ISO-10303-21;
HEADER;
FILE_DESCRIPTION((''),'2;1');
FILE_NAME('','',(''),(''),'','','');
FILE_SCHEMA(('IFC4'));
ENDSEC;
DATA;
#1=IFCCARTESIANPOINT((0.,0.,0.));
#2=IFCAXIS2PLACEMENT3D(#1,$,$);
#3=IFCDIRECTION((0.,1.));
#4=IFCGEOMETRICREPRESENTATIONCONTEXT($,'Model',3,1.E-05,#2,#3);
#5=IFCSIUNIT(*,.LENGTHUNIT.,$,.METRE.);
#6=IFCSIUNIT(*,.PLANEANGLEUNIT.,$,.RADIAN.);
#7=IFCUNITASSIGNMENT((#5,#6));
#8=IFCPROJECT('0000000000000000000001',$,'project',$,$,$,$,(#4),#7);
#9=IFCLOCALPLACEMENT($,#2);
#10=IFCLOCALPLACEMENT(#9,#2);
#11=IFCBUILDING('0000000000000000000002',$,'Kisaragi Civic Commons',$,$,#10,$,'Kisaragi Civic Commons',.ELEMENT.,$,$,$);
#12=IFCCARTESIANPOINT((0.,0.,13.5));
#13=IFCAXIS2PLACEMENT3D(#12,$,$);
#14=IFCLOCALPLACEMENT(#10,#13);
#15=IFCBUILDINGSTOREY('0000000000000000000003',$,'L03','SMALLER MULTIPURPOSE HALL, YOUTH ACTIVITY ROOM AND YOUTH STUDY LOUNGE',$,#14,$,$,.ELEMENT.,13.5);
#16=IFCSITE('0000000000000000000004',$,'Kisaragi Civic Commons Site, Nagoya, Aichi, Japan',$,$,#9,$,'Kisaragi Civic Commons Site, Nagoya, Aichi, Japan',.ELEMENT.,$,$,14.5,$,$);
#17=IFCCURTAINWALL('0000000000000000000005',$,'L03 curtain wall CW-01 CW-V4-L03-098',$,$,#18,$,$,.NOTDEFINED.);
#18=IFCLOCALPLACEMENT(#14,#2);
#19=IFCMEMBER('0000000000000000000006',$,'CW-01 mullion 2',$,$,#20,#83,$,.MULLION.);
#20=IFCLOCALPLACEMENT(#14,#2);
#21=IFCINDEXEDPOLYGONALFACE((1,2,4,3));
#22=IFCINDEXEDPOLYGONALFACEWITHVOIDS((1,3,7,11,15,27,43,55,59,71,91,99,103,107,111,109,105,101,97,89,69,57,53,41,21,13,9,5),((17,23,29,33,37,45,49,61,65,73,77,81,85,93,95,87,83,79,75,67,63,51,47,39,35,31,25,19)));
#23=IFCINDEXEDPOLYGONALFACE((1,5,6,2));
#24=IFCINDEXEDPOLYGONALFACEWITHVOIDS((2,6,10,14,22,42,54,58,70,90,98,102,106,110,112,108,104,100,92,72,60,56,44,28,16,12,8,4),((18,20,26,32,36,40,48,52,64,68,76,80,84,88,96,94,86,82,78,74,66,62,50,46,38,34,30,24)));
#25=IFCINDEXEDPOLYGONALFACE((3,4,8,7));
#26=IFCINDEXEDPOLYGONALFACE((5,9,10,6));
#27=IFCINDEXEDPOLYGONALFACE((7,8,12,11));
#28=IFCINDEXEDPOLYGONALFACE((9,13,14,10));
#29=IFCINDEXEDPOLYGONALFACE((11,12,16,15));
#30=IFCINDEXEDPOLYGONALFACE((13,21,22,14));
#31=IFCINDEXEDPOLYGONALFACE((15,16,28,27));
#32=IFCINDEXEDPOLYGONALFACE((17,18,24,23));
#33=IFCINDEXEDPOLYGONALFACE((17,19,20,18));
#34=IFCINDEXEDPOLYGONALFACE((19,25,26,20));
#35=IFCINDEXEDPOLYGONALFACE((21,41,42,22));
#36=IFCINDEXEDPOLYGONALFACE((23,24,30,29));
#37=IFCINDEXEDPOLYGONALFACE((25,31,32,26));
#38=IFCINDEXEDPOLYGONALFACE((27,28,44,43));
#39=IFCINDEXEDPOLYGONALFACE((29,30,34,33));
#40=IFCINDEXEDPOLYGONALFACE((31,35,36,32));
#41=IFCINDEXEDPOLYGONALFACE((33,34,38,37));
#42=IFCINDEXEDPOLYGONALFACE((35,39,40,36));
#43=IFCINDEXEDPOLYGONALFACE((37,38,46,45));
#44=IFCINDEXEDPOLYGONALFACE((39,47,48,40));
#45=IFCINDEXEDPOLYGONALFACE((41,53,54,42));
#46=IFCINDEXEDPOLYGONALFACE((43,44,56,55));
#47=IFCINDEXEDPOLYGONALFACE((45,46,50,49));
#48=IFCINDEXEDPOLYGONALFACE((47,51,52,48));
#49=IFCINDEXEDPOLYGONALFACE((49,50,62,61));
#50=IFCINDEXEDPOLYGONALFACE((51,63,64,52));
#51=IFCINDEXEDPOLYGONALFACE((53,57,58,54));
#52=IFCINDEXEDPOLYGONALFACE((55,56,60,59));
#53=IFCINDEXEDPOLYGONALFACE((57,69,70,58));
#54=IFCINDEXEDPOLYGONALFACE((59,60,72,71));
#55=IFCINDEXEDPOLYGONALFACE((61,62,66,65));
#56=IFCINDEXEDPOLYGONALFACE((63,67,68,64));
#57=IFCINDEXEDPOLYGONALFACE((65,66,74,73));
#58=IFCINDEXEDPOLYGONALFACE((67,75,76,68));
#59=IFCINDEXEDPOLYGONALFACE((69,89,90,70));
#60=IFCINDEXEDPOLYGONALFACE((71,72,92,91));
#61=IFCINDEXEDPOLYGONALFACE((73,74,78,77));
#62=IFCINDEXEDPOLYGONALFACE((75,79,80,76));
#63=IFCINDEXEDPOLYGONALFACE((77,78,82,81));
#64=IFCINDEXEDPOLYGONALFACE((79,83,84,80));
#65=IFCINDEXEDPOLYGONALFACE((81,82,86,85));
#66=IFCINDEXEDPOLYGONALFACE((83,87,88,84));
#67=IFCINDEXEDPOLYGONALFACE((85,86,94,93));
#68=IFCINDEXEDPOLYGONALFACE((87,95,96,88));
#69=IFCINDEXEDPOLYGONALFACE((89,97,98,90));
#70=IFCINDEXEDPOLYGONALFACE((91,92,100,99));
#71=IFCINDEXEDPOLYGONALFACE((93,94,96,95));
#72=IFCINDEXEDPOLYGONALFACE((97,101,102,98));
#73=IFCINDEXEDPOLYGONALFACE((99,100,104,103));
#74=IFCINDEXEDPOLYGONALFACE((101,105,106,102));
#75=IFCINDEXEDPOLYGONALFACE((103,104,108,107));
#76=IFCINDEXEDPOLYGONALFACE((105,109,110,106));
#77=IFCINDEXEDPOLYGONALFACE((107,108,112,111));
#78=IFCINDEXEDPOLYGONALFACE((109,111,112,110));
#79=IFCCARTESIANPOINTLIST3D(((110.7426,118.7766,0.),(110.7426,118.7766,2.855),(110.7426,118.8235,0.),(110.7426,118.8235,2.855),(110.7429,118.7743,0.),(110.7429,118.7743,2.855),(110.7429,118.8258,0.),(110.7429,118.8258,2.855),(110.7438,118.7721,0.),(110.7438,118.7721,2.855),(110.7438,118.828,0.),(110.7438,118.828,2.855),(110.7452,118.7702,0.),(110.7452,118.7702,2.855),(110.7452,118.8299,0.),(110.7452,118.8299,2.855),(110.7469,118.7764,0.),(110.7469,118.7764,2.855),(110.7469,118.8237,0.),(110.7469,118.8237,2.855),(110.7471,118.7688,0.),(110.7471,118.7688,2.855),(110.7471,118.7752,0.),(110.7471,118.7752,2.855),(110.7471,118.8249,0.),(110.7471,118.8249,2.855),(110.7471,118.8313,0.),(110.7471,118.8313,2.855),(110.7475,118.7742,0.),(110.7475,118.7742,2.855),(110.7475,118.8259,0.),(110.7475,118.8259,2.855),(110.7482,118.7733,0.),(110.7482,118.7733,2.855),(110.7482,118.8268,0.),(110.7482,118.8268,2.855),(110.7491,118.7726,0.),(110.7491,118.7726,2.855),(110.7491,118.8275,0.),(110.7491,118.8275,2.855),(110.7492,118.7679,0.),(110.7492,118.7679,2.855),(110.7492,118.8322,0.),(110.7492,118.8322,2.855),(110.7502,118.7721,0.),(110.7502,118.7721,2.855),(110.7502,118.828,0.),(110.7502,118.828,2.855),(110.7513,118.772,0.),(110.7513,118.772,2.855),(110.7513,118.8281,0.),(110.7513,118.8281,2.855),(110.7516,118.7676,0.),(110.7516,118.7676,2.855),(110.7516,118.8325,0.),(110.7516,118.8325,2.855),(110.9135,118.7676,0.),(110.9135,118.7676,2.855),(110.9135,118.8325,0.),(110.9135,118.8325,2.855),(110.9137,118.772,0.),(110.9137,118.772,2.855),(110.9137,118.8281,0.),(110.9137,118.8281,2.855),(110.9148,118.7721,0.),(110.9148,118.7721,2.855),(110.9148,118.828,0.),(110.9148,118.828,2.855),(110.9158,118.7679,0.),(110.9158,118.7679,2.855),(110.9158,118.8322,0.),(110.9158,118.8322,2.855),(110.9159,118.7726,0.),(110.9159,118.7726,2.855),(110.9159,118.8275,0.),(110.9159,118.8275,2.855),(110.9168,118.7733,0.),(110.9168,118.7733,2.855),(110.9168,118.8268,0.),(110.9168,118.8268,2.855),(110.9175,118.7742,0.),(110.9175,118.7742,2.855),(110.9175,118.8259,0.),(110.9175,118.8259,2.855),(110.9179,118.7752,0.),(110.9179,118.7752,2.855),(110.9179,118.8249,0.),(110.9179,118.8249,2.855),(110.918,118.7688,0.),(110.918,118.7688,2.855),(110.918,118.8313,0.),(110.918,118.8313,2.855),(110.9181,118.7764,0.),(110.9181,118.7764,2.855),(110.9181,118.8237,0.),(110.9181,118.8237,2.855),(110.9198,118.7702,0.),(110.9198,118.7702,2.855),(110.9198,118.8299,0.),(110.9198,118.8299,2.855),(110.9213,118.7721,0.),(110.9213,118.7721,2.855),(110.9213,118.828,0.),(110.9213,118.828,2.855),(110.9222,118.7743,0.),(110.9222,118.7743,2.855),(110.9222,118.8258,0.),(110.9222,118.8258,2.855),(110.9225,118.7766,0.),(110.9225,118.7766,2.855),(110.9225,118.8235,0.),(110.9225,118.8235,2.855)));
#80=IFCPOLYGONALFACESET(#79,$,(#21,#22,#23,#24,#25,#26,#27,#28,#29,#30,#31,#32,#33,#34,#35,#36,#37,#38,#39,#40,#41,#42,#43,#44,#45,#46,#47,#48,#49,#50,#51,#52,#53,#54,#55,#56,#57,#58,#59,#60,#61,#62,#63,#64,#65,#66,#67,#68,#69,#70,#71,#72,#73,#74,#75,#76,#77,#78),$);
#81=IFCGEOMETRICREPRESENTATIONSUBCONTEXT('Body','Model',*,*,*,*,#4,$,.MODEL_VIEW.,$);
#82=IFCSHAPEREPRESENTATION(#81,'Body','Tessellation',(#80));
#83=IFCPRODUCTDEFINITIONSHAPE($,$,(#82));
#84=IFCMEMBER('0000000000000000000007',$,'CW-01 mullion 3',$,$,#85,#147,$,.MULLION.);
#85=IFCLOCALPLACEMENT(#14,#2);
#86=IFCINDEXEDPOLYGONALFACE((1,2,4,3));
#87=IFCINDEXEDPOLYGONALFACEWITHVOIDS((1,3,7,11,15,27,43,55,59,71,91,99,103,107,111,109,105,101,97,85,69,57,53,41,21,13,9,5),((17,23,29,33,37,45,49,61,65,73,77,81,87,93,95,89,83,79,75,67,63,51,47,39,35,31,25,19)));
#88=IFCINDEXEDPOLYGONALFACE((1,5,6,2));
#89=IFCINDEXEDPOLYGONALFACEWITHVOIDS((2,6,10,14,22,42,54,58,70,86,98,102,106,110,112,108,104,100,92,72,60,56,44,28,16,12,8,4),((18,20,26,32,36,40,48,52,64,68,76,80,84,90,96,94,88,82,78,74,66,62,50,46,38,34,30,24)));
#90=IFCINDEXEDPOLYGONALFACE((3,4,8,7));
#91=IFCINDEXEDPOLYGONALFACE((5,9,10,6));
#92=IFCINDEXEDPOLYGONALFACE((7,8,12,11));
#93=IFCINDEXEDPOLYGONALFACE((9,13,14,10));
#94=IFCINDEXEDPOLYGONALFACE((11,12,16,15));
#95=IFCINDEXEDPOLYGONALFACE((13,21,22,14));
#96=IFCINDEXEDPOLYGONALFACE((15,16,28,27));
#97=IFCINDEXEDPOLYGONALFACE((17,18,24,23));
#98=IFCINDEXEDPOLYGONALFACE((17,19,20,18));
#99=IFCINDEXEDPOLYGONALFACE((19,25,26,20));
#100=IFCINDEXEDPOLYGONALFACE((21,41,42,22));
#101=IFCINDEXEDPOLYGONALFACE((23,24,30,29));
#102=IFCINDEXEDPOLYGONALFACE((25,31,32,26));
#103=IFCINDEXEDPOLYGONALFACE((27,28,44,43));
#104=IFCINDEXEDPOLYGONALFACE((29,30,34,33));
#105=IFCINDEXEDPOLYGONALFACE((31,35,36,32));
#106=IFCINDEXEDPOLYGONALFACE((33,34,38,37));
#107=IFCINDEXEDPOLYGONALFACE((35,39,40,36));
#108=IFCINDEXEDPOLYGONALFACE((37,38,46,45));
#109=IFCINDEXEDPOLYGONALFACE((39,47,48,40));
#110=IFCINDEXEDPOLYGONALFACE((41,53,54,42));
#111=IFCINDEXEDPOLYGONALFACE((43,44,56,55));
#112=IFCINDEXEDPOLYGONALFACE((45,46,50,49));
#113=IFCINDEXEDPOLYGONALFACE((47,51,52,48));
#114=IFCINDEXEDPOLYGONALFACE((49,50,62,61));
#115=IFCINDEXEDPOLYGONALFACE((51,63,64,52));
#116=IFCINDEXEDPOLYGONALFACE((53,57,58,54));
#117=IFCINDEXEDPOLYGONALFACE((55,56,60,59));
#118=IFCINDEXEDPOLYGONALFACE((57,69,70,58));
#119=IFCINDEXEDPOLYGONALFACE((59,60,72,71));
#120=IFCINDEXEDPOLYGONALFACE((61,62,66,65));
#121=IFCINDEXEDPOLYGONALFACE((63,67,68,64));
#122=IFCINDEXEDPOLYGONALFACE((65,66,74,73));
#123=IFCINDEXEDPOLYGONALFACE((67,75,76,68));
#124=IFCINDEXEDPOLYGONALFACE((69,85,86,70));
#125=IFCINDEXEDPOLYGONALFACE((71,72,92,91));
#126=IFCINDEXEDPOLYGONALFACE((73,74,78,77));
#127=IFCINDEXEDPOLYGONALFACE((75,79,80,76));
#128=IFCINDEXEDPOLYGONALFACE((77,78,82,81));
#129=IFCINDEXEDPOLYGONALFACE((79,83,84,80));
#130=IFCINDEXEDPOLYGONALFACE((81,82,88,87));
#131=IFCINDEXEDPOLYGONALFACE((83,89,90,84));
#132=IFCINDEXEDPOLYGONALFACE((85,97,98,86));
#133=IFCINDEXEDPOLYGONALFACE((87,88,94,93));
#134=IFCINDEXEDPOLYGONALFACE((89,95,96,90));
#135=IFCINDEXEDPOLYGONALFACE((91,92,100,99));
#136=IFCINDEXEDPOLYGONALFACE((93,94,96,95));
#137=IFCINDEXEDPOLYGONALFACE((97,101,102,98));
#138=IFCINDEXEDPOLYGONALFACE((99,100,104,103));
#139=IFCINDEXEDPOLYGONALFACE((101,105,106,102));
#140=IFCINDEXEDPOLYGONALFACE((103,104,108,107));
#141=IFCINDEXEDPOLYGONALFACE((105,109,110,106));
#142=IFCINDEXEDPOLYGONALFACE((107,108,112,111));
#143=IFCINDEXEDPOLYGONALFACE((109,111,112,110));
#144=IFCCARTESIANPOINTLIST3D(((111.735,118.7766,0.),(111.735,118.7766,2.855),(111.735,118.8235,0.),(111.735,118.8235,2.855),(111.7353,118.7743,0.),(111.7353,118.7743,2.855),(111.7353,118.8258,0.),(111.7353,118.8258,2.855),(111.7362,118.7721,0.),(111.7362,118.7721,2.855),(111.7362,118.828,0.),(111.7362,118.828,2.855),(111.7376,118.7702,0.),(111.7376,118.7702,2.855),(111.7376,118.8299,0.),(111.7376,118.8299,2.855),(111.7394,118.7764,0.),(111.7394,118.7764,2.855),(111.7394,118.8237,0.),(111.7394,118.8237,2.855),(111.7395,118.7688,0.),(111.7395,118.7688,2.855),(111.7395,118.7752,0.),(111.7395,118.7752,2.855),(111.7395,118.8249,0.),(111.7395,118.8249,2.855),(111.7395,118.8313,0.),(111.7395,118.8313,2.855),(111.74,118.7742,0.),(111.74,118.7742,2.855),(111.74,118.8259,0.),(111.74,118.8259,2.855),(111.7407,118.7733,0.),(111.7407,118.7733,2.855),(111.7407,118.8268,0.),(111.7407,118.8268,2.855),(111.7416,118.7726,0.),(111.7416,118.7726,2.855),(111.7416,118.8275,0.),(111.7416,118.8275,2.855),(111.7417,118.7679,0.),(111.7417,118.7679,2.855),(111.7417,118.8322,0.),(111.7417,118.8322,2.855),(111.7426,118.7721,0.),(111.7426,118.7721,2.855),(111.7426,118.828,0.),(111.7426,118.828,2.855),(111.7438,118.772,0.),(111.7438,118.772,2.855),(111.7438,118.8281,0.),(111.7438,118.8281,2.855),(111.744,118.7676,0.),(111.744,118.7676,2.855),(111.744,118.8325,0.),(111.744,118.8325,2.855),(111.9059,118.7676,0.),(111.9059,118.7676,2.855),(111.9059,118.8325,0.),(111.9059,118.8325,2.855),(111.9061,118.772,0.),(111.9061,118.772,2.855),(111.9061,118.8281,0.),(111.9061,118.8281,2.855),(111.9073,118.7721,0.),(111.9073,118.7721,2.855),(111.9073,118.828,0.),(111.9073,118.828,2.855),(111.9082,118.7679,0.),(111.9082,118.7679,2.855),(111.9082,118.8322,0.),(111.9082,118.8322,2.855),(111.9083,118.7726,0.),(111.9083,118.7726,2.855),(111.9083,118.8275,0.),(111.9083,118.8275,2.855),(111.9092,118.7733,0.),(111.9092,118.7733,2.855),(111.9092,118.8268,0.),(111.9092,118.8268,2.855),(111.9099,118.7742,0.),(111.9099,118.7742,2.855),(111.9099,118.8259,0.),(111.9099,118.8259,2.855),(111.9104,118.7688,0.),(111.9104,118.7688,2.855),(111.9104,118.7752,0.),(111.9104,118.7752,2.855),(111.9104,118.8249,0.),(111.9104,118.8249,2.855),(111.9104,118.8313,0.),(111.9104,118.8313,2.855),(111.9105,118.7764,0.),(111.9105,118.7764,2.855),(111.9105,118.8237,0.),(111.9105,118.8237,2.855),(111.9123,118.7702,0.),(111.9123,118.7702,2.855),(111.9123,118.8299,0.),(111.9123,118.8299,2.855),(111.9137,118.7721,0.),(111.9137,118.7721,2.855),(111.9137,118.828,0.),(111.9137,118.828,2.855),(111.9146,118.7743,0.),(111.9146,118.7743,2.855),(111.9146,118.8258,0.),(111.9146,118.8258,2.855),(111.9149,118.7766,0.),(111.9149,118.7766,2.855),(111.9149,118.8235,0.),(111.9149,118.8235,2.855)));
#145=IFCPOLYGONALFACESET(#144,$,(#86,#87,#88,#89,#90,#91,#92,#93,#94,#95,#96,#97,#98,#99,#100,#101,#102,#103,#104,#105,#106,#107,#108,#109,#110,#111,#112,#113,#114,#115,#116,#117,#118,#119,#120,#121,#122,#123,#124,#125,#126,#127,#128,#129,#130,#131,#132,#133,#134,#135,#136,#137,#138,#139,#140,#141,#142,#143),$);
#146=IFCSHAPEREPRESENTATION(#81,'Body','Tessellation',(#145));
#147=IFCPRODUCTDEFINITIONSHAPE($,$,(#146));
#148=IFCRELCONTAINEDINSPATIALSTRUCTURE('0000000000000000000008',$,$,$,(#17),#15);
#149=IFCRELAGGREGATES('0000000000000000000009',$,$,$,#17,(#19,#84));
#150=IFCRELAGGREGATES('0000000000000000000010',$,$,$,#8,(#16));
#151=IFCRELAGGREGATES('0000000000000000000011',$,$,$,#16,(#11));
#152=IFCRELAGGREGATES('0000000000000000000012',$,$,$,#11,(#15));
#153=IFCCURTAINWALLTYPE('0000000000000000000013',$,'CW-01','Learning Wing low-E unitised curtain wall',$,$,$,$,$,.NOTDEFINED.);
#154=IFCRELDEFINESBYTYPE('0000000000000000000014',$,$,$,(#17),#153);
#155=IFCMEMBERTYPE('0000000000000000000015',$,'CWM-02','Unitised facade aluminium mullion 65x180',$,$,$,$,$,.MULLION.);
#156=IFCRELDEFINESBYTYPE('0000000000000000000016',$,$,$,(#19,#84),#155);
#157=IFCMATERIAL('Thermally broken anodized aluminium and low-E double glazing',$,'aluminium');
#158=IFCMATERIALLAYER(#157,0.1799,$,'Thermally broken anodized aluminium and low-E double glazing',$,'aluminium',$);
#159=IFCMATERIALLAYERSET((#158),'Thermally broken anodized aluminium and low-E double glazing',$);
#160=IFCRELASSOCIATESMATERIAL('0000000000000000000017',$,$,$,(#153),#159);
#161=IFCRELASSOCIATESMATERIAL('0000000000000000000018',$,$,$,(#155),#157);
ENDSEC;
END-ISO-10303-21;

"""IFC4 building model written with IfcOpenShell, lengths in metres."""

from ifc_helpers import new_model, si_unit, direction, frame, origin, origin_2d, place, context, subcontext, project, spatial, hollow_rectangle, extrude, material, layer, layer_set, material_profile, profile_set, type_object, element, aggregate, save


model = new_model("IFC4")

# Units and contexts
model_context = context("Model", 3, precision=1e-05, world=origin(), true_north=direction((0.0, 1.0)))
body_context = subcontext(model_context, "Body", "Model", "MODEL_VIEW")
ifc_project = project(units=[si_unit("LENGTHUNIT", "METRE"), si_unit("PLANEANGLEUNIT", "RADIAN")], contexts=[model_context])

# Site, building, storey
site_placement = place(None, origin())
site = spatial("IfcSite", under=ifc_project, at=site_placement, Name="Kisaragi Civic Commons Site, Nagoya, Aichi, Japan", LongName="Kisaragi Civic Commons Site, Nagoya, Aichi, Japan", CompositionType="ELEMENT", RefElevation=14.5)
building_placement = place(site_placement, origin())
building = spatial("IfcBuilding", under=site, at=building_placement, Name="Kisaragi Civic Commons", LongName="Kisaragi Civic Commons", CompositionType="ELEMENT")
storey_placement = place(building_placement, frame((0.0, 0.0, 13.5)))
storey = spatial("IfcBuildingStorey", under=building, at=storey_placement, Name="L03", Description="SMALLER MULTIPURPOSE HALL, YOUTH ACTIVITY ROOM AND YOUTH STUDY LOUNGE", CompositionType="ELEMENT", Elevation=13.5)

# Curtain wall, members
ifc_material = material(Name="Thermally broken anodized aluminium and low-E double glazing", Category="aluminium")
ifc_layer_1 = layer(ifc_material, 0.1799, Name="Thermally broken anodized aluminium and low-E double glazing", Category="aluminium")
ifc_layer_set_1 = layer_set([ifc_layer_1], Name="Thermally broken anodized aluminium and low-E double glazing")
curtain_wall_type = type_object("IfcCurtainWallType", Name="CW-01", Description="Learning Wing low-E unitised curtain wall", PredefinedType="NOTDEFINED", material=ifc_layer_set_1)
curtain_wall_placement = place(storey_placement, origin())
curtain_wall = element("IfcCurtainWall", 1, at=curtain_wall_placement, inside=storey, type_object=curtain_wall_type, Name="L03 curtain wall CW-01 CW-V4-L03-098", PredefinedType="NOTDEFINED")
ifc_material_profile_1 = material_profile(ifc_material, hollow_rectangle(XDim=0.0649, YDim=0.1799, WallThickness=0.0044, InnerFilletRadius=0.0044, OuterFilletRadius=0.009, at=origin_2d()), Name="CWM-65x180x4.5", Category="aluminium")
ifc_profile_set_1 = profile_set([ifc_material_profile_1], Name="Thermally broken anodized aluminium and low-E double glazing")
member_type_1 = type_object("IfcMemberType", Name="CWM-02", Description="Unitised facade aluminium mullion 65x180", PredefinedType="MULLION", material=ifc_profile_set_1)
member_1_placement = place(storey_placement, frame((110.8325, 118.8, 0.0), z_axis=(0.0, 0.0, 1.0), x_axis=(0.0, 1.0, 0.0)))
member_1 = element("IfcMember", 2, at=member_1_placement, type_object=member_type_1, Name="CW-01 mullion 2", PredefinedType="MULLION", context=body_context, shape_type="SweptSolid", body=[
    extrude(hollow_rectangle(XDim=0.0649, YDim=0.1799, WallThickness=0.0044, InnerFilletRadius=0.0044, OuterFilletRadius=0.009, at=origin_2d()), origin(), (0.0, 0.0, 1.0), 2.855),
])
member_2_placement = place(storey_placement, frame((111.825, 118.8, 0.0), z_axis=(0.0, 0.0, 1.0), x_axis=(0.0, 1.0, 0.0)))
member_2 = element("IfcMember", 3, at=member_2_placement, type_object=member_type_1, Name="CW-01 mullion 3", PredefinedType="MULLION", context=body_context, shape_type="SweptSolid", body=[
    extrude(hollow_rectangle(XDim=0.0649, YDim=0.1799, WallThickness=0.0044, InnerFilletRadius=0.0044, OuterFilletRadius=0.009, at=origin_2d()), origin(), (0.0, 0.0, 1.0), 2.855),
])
aggregate(curtain_wall, [member_1, member_2])

save(model, "model.ifc")
